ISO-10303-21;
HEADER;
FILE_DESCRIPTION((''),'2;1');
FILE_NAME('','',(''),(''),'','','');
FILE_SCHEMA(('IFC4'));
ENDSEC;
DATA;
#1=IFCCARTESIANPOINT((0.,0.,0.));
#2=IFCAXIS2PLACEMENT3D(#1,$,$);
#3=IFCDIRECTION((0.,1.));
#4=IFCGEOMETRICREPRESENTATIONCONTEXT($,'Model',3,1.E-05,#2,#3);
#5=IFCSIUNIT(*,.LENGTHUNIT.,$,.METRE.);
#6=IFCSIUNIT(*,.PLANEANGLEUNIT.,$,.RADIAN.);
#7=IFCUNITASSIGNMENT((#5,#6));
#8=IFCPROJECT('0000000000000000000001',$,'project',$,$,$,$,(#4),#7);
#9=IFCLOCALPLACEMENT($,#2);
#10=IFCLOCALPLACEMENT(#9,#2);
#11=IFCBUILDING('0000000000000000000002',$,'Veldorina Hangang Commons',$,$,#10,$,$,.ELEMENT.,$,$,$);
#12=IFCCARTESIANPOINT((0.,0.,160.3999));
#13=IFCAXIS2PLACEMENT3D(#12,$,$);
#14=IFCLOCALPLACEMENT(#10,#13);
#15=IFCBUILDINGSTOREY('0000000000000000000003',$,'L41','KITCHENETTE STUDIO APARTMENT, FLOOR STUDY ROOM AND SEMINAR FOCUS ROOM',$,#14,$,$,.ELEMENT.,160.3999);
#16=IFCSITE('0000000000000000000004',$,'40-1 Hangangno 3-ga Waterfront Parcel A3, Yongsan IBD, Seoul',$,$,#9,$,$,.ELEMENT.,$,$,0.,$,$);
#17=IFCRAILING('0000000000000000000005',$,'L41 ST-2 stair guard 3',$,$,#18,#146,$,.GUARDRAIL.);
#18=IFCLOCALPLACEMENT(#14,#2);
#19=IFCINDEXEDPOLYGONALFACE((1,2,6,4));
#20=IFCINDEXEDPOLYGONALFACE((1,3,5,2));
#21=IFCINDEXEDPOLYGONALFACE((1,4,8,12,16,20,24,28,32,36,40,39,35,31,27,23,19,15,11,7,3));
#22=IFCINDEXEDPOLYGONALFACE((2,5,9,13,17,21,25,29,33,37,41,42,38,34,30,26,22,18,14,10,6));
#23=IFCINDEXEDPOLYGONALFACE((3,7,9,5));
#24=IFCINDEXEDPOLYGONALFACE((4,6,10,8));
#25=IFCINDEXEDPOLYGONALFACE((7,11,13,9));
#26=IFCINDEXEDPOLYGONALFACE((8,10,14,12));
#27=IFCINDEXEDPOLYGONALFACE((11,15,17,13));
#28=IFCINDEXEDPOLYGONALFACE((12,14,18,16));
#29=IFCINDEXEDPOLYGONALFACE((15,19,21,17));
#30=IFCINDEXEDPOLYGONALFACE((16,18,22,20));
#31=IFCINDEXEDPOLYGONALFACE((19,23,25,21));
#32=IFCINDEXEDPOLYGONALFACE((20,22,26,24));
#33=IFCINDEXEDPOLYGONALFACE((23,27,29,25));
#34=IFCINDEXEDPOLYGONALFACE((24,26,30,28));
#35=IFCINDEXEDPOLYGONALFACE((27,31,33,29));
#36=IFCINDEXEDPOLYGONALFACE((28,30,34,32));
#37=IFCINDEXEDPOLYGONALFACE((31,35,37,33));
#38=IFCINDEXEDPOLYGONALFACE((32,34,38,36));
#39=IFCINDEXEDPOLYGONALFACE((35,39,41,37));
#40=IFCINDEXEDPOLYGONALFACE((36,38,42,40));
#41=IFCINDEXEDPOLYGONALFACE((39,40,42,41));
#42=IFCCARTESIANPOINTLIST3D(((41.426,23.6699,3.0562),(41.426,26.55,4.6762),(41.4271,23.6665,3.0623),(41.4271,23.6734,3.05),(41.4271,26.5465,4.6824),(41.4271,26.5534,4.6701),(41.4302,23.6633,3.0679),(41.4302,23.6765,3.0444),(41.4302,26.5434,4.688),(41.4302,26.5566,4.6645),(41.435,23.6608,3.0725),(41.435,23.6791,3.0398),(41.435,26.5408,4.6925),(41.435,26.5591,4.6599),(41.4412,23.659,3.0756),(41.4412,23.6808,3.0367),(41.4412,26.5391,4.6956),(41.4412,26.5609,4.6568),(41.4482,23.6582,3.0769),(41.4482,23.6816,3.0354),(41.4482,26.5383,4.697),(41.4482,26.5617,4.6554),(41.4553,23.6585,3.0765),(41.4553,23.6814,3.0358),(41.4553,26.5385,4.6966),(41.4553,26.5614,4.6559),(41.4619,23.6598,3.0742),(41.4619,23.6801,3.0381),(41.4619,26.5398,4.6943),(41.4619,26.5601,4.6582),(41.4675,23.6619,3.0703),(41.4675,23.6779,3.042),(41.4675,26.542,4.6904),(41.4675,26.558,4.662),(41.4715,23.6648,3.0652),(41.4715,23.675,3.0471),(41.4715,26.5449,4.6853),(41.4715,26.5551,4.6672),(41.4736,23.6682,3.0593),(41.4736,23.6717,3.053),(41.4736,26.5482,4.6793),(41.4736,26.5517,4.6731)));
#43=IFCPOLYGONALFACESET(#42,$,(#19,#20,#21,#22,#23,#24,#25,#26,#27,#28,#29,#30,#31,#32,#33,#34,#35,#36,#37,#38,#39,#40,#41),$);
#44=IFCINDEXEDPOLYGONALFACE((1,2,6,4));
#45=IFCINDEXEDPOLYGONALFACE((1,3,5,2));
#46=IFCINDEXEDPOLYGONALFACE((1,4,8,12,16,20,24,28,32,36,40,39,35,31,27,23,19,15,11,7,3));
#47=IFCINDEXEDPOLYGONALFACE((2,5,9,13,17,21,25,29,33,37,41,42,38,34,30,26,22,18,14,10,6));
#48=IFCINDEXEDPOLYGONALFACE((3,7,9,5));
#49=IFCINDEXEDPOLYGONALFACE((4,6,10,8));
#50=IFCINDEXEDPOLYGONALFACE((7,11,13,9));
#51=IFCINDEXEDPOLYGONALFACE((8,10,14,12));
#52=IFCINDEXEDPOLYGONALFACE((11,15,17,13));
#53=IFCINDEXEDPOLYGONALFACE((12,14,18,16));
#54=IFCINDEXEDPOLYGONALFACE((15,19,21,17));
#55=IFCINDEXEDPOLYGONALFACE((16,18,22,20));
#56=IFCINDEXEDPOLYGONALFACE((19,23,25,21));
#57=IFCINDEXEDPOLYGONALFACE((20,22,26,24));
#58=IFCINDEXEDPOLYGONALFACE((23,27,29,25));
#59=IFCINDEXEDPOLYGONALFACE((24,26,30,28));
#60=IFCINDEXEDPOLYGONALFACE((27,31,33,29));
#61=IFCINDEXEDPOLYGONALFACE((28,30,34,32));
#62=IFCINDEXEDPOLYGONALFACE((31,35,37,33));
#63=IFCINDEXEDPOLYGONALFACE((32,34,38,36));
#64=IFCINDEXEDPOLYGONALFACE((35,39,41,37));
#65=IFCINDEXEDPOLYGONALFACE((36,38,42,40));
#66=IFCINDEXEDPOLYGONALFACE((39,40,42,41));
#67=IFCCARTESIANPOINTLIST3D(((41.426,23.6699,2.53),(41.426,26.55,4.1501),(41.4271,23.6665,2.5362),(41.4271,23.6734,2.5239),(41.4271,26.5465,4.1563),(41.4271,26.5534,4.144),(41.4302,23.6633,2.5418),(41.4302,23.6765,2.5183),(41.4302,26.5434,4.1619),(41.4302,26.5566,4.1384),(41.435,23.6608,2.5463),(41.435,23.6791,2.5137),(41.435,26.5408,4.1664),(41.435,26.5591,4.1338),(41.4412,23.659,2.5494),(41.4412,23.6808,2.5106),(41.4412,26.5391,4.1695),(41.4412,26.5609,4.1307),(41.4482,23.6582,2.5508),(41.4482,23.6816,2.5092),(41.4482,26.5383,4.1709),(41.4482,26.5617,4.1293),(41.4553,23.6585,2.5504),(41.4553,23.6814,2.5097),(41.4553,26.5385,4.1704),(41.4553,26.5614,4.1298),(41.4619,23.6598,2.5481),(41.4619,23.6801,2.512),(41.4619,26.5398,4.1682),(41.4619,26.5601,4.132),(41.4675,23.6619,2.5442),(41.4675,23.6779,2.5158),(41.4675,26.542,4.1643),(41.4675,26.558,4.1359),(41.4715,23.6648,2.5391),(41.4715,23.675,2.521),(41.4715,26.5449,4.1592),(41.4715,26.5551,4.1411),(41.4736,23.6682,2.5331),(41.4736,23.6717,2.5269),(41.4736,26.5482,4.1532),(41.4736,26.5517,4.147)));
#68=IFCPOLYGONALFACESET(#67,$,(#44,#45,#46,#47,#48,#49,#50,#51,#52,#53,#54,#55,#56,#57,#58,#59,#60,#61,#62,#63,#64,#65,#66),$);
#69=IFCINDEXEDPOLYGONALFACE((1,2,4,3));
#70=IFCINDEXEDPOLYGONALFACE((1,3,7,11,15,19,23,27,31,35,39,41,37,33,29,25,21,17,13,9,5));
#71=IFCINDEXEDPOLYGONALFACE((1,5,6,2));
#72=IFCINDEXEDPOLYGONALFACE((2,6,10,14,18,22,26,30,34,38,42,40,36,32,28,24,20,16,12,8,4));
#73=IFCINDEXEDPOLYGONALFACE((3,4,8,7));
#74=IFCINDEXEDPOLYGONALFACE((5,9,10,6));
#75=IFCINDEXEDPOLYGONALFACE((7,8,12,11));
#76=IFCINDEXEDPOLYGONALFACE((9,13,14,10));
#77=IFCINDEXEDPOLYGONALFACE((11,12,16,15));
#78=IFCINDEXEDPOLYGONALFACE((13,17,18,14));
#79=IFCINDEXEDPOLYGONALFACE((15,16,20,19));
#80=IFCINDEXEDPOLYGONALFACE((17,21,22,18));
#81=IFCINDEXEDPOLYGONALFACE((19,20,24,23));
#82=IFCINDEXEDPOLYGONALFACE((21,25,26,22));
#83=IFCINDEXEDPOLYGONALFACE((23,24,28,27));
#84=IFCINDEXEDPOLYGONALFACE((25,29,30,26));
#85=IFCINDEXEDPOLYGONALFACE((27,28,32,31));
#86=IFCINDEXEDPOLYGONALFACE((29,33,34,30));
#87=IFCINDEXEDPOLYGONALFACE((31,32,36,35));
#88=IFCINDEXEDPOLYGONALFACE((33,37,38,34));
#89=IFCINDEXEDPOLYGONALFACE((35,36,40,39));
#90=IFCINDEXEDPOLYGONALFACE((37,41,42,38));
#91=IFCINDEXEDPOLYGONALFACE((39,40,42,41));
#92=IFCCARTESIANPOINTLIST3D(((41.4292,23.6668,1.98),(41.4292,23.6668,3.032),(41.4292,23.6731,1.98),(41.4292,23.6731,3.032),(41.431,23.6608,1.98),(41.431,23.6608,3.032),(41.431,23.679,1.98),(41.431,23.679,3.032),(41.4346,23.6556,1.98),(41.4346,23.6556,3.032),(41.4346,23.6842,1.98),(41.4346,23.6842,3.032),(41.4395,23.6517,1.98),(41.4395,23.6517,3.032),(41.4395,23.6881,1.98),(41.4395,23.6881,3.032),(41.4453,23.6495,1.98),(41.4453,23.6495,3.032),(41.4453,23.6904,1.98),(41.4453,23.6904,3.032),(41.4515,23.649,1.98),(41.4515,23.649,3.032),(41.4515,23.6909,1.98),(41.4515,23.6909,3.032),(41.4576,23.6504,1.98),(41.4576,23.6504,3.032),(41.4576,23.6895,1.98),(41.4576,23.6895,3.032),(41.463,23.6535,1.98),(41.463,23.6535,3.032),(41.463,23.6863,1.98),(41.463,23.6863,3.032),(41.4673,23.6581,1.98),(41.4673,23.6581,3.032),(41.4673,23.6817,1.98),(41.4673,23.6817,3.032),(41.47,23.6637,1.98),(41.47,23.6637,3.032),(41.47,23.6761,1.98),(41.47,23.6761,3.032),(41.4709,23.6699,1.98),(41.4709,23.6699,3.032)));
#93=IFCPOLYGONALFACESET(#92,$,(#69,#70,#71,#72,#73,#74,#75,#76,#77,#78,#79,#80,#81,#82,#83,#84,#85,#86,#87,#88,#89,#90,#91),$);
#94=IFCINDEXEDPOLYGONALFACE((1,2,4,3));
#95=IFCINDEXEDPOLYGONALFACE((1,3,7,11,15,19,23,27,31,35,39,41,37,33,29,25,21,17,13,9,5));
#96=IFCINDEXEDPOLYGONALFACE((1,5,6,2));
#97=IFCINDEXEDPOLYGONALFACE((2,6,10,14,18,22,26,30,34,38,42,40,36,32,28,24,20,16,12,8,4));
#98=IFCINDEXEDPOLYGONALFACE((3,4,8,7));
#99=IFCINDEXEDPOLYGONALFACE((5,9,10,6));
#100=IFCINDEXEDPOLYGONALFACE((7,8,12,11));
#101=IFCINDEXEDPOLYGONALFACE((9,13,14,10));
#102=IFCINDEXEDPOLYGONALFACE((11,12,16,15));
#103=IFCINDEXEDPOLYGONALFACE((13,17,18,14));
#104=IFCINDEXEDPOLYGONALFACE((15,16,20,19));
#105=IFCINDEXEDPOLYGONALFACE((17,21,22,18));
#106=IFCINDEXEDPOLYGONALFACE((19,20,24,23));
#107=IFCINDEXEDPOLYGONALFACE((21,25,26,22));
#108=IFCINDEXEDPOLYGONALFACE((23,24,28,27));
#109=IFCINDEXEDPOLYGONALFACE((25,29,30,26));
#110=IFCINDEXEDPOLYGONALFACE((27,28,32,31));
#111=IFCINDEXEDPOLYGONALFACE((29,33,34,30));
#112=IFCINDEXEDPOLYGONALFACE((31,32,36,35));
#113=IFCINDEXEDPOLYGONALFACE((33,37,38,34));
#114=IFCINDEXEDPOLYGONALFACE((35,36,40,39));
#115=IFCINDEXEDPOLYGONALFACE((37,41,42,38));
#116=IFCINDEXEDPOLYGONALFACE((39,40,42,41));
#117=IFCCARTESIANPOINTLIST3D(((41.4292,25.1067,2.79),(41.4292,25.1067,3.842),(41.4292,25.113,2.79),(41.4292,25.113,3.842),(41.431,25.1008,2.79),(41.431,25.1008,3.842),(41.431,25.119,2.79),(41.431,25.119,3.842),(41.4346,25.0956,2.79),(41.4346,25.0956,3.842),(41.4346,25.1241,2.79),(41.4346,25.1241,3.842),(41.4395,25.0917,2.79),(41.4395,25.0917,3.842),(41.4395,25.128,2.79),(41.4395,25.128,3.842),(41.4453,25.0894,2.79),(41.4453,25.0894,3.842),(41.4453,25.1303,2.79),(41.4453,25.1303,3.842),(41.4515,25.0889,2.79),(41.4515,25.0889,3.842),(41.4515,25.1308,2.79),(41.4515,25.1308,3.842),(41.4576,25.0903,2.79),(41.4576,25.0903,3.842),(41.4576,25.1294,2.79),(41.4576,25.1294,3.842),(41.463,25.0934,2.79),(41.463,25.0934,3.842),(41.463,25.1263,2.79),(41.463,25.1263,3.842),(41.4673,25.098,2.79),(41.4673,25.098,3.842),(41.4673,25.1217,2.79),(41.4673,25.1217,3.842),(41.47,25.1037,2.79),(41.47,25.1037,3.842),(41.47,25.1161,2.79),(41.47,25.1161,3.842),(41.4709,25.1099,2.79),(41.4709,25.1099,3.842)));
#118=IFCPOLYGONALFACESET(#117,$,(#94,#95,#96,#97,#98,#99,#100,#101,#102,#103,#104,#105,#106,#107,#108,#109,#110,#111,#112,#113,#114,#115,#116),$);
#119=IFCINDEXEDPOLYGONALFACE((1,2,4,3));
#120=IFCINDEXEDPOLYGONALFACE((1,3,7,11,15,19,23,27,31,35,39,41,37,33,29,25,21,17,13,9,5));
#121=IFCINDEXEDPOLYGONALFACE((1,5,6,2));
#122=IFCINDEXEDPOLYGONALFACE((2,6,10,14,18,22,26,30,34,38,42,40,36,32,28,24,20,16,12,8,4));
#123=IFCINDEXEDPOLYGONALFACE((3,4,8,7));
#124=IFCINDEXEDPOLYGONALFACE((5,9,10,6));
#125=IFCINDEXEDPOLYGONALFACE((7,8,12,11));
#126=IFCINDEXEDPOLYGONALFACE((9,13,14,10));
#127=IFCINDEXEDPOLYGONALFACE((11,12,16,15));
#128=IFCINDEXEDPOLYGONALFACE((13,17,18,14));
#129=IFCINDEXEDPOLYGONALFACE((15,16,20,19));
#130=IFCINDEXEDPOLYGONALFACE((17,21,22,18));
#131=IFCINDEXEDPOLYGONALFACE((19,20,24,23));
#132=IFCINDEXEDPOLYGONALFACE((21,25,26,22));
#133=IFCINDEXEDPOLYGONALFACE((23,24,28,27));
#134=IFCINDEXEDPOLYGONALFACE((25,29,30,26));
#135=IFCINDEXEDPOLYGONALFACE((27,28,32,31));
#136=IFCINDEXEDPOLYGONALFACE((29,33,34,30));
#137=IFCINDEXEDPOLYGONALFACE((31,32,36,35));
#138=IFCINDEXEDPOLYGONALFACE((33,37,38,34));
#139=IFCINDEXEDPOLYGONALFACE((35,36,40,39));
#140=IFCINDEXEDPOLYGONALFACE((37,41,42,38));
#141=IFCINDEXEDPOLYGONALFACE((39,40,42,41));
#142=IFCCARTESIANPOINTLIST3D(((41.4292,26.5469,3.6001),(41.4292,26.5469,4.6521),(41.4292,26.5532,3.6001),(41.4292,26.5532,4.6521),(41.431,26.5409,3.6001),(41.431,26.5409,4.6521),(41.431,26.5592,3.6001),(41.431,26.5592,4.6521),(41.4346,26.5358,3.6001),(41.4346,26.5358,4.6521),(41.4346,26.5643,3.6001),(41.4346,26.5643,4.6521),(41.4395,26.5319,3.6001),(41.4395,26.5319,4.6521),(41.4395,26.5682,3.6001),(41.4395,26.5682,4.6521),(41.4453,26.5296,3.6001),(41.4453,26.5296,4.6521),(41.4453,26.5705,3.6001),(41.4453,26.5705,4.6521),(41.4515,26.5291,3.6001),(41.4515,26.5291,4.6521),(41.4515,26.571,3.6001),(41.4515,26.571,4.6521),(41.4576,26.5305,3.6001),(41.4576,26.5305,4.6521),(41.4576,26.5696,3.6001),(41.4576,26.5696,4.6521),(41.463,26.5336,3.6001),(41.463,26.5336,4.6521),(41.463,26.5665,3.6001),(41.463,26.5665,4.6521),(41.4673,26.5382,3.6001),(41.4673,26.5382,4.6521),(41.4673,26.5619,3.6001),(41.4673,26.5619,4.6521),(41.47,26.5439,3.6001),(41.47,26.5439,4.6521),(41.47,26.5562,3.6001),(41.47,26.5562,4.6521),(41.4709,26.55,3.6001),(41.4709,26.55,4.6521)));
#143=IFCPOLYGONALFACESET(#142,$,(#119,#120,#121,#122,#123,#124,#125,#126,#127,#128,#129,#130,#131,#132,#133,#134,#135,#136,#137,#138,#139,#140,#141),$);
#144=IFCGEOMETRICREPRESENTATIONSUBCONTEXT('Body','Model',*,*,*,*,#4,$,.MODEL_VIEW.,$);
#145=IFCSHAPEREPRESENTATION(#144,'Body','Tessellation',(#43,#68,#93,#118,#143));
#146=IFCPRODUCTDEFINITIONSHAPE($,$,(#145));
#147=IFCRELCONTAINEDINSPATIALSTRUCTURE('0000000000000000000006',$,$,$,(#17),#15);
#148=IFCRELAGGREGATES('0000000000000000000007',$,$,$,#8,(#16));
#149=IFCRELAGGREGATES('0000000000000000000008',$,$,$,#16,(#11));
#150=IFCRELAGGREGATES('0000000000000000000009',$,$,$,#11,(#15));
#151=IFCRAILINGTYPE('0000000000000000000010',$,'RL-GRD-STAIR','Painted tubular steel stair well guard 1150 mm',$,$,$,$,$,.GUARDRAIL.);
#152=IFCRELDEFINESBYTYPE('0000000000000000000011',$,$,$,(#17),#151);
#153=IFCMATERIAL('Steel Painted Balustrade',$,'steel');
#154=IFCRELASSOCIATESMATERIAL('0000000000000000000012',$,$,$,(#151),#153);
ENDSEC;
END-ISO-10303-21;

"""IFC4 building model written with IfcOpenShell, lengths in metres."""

from ifc_helpers import new_model, si_unit, direction, frame, origin, origin_2d, place, context, subcontext, project, spatial, circle, extrude, material, type_object, element, save


model = new_model("IFC4")

# Units and contexts
model_context = context("Model", 3, precision=1e-05, world=origin(), true_north=direction((0.0, 1.0)))
body_context = subcontext(model_context, "Body", "Model", "MODEL_VIEW")
ifc_project = project(units=[si_unit("LENGTHUNIT", "METRE"), si_unit("PLANEANGLEUNIT", "RADIAN")], contexts=[model_context])

# Site, building, storey
site_placement = place(None, origin())
site = spatial("IfcSite", under=ifc_project, at=site_placement, Name="40-1 Hangangno 3-ga Waterfront Parcel A3, Yongsan IBD, Seoul", CompositionType="ELEMENT", RefElevation=0.0)
building_placement = place(site_placement, origin())
building = spatial("IfcBuilding", under=site, at=building_placement, Name="Veldorina Hangang Commons", CompositionType="ELEMENT")
storey_placement = place(building_placement, frame((0.0, 0.0, 160.3999)))
storey = spatial("IfcBuildingStorey", under=building, at=storey_placement, Name="L41", Description="KITCHENETTE STUDIO APARTMENT, FLOOR STUDY ROOM AND SEMINAR FOCUS ROOM", CompositionType="ELEMENT", Elevation=160.3999)

# Railing
ifc_material_1 = material(Name="Steel Painted Balustrade", Category="steel")
railing_type_1 = type_object("IfcRailingType", Name="RL-GRD-STAIR", Description="Painted tubular steel stair well guard 1150 mm", PredefinedType="GUARDRAIL", material=ifc_material_1)
railing_1_placement = place(storey_placement, frame((41.45, 23.6699, 1.98)))
element("IfcRailing", 1, at=railing_1_placement, inside=storey, type_object=railing_type_1, Name="L41 ST-2 stair guard 3", PredefinedType="GUARDRAIL", context=body_context, shape_type="SweptSolid", body=[
    extrude(circle(Radius=0.0239, at=origin_2d()), frame((0.0, 0.0, 1.0762), z_axis=(0.0, 0.87157, 0.490272), x_axis=(-1.0, 0.0, 0.0)), (0.0, 0.0, 1.0), 3.3044),
    extrude(circle(Radius=0.0239, at=origin_2d()), frame((0.0, 0.0, 0.55), z_axis=(0.0, 0.87157, 0.490272), x_axis=(-1.0, 0.0, 0.0)), (0.0, 0.0, 1.0), 3.3044),
    extrude(circle(Radius=0.021, at=origin_2d()), origin(), (0.0, 0.0, 1.0), 1.052),
    extrude(circle(Radius=0.021, at=origin_2d()), frame((0.0, 1.4399, 0.8101)), (0.0, 0.0, 1.0), 1.052),
    extrude(circle(Radius=0.021, at=origin_2d()), frame((0.0, 2.8801, 1.6201)), (0.0, 0.0, 1.0), 1.052),
])

save(model, "model.ifc")
